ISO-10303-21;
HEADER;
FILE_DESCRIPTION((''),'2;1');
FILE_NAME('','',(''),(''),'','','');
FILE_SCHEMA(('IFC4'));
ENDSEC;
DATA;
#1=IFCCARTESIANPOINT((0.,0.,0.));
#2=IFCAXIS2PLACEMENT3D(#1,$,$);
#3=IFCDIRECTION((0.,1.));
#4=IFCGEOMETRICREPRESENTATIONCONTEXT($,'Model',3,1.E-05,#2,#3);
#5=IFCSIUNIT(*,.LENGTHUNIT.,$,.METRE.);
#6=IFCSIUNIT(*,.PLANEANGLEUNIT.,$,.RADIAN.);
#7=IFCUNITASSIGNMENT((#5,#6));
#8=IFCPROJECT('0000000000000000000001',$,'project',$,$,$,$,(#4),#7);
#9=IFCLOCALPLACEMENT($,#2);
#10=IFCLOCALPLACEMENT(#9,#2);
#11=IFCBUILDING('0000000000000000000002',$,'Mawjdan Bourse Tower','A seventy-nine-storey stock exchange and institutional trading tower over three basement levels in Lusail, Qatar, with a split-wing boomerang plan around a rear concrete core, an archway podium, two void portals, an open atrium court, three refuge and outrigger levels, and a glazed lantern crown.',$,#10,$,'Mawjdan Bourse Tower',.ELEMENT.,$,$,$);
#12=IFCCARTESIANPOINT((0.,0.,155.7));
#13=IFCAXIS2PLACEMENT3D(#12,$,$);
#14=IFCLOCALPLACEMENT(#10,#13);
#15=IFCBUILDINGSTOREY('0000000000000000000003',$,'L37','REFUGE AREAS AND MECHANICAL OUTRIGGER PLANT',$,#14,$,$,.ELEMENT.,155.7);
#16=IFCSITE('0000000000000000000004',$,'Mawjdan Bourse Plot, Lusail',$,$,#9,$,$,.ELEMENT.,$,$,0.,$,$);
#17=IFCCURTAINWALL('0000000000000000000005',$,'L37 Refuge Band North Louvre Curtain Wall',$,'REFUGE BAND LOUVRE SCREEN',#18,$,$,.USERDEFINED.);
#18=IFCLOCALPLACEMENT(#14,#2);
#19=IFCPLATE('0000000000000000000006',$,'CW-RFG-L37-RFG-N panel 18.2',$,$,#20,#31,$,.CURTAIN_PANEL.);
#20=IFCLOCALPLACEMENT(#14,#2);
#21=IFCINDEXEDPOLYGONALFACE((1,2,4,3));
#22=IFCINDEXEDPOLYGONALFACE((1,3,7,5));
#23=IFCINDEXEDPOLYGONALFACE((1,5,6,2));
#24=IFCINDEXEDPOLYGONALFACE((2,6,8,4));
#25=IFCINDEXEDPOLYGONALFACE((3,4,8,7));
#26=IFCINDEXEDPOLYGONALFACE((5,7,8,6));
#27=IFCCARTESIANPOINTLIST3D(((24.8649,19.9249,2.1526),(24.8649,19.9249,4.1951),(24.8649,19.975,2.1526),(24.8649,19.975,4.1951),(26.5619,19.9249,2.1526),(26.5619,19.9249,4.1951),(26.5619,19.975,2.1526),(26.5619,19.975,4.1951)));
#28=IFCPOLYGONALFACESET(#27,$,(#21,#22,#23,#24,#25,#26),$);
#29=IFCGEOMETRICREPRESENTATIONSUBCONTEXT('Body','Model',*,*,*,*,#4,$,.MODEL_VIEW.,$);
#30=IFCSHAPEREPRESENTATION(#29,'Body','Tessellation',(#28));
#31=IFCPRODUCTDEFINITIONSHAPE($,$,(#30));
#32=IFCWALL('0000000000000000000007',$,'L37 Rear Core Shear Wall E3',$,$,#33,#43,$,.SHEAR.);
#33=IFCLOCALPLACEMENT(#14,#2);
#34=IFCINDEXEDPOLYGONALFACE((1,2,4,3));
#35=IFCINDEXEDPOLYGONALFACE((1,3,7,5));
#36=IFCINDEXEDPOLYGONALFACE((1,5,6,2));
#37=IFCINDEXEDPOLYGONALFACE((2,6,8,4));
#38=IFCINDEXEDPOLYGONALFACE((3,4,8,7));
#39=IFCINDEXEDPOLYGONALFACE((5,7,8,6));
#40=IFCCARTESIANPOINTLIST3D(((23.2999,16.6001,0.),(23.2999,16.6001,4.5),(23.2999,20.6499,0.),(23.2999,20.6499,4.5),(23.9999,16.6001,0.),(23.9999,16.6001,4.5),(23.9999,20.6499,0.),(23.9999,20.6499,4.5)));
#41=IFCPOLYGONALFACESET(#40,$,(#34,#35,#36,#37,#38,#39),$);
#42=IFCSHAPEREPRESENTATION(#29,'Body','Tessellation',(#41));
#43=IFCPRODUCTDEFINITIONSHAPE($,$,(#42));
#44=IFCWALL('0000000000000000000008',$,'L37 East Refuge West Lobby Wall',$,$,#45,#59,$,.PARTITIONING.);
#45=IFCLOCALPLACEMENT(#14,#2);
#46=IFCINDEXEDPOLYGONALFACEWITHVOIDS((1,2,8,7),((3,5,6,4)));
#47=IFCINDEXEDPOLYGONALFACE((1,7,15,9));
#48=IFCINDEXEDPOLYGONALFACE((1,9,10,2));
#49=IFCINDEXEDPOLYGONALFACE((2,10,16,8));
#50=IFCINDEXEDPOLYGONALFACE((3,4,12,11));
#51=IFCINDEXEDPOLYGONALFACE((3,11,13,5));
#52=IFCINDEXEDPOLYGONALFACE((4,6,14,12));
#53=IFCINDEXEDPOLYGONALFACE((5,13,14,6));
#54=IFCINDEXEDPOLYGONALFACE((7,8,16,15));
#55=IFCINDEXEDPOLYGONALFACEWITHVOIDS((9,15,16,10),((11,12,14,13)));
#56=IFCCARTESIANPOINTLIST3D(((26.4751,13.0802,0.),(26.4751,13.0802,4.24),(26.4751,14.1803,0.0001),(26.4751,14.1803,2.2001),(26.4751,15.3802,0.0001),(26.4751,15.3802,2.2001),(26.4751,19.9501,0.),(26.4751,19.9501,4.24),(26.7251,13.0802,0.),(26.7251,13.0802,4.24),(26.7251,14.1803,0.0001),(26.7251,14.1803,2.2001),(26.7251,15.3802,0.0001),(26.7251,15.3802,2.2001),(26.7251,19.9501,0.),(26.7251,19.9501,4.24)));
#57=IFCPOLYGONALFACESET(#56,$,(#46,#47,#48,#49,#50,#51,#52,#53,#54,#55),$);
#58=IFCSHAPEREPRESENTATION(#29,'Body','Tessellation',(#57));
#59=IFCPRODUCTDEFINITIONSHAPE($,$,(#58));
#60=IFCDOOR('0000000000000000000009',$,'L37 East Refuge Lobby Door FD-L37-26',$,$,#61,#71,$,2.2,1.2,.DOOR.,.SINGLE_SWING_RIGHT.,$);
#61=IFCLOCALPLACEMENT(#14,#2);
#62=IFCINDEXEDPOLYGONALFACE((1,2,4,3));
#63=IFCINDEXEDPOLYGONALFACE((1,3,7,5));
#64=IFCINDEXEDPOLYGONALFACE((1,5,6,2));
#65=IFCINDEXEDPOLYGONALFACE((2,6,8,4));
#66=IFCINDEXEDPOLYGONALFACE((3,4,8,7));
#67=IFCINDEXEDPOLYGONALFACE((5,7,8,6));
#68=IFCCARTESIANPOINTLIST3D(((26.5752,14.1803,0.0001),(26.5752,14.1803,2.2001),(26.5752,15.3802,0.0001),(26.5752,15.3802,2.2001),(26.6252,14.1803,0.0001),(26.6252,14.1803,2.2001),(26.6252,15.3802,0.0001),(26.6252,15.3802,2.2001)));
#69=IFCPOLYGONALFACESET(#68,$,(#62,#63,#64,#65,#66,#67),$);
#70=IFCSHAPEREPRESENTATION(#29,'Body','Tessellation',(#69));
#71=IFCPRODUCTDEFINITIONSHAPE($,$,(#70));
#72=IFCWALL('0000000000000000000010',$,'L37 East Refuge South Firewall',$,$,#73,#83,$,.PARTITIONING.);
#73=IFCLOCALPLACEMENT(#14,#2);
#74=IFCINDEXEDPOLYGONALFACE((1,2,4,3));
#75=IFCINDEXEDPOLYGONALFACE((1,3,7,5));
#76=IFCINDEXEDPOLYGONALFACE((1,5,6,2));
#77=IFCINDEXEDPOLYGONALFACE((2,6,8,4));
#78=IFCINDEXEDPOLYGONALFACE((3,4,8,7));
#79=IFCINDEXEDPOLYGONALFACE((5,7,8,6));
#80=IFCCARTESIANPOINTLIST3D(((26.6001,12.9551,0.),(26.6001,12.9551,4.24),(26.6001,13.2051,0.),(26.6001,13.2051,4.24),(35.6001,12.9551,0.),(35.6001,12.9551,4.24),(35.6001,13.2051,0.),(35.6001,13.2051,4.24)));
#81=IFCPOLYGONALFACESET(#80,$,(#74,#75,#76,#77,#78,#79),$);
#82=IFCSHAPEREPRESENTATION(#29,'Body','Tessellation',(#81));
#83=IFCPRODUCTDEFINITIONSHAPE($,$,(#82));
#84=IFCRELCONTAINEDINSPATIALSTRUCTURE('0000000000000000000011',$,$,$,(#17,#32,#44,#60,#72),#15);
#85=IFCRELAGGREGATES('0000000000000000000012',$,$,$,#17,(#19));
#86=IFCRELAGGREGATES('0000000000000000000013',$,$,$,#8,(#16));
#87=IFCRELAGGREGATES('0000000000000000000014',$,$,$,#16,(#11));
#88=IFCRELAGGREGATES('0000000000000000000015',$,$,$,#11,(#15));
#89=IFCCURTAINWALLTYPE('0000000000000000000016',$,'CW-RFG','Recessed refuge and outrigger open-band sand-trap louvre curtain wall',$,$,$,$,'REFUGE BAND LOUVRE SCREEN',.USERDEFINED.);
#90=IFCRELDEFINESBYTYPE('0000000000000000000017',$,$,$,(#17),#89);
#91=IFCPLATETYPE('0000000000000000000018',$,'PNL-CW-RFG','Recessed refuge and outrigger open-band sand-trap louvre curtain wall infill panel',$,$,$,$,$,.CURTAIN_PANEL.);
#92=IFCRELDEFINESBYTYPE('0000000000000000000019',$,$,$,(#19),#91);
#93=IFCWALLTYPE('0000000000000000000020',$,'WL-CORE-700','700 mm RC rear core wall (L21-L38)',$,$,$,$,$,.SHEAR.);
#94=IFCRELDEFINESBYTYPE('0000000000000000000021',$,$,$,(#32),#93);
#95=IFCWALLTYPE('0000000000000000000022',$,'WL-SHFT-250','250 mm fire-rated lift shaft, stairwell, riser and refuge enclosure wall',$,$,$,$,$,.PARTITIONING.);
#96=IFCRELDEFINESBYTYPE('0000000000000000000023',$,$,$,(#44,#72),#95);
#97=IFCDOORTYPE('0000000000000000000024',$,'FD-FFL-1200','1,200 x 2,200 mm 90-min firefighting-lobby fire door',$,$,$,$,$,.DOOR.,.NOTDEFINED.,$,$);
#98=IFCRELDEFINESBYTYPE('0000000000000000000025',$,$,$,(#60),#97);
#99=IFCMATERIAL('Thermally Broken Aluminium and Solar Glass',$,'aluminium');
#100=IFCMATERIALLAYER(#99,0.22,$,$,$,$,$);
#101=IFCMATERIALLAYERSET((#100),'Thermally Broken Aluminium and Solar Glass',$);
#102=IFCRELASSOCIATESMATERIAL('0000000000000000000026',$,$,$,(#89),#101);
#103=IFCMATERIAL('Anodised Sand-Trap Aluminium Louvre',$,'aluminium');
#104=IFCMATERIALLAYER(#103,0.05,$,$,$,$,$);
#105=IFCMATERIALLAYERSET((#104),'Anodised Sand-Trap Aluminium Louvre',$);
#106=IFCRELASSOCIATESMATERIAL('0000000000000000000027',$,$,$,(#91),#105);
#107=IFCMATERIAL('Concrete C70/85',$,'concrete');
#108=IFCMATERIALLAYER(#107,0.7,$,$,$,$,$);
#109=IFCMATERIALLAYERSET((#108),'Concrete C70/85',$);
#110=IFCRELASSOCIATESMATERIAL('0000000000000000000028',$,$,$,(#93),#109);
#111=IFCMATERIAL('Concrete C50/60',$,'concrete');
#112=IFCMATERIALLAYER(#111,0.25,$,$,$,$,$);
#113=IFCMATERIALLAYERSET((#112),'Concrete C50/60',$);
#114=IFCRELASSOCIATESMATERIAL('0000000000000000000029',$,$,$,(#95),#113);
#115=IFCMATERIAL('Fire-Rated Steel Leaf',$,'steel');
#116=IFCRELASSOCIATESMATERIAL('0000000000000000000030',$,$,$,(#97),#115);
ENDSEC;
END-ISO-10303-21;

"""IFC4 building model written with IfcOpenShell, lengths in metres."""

from ifc_helpers import new_model, si_unit, direction, frame, frame_2d, origin, origin_2d, place, context, subcontext, project, spatial, rectangle, extrude, material, layer, layer_set, type_object, element, fill, aggregate, save


model = new_model("IFC4")

# Units and contexts
model_context = context("Model", 3, precision=1e-05, world=origin(), true_north=direction((0.0, 1.0)))
body_context = subcontext(model_context, "Body", "Model", "MODEL_VIEW")
ifc_project = project(units=[si_unit("LENGTHUNIT", "METRE"), si_unit("PLANEANGLEUNIT", "RADIAN")], contexts=[model_context])

# Site, building, storey
site_placement = place(None, origin())
site = spatial("IfcSite", under=ifc_project, at=site_placement, Name="Mawjdan Bourse Plot, Lusail", CompositionType="ELEMENT", RefElevation=0.0)
building_placement = place(site_placement, origin())
building = spatial("IfcBuilding", under=site, at=building_placement, Name="Mawjdan Bourse Tower", Description="A seventy-nine-storey stock exchange and institutional trading tower over three basement levels in Lusail, Qatar, with a split-wing boomerang plan around a rear concrete core, an archway podium, two void portals, an open atrium court, three refuge and outrigger levels, and a glazed lantern crown.", LongName="Mawjdan Bourse Tower", CompositionType="ELEMENT")
storey_placement = place(building_placement, frame((0.0, 0.0, 155.7)))
storey = spatial("IfcBuildingStorey", under=building, at=storey_placement, Name="L37", Description="REFUGE AREAS AND MECHANICAL OUTRIGGER PLANT", CompositionType="ELEMENT", Elevation=155.7)

# Shared definitions
ifc_material_1 = material(Name="Concrete C70/85", Category="concrete")

# Curtain wall
ifc_material_2 = material(Name="Thermally Broken Aluminium and Solar Glass", Category="aluminium")
ifc_layer_1 = layer(ifc_material_2, 0.22)
ifc_layer_set_1 = layer_set([ifc_layer_1], Name="Thermally Broken Aluminium and Solar Glass")
curtain_wall_type = type_object("IfcCurtainWallType", Name="CW-RFG", Description="Recessed refuge and outrigger open-band sand-trap louvre curtain wall", ElementType="REFUGE BAND LOUVRE SCREEN", PredefinedType="USERDEFINED", material=ifc_layer_set_1)
curtain_wall_placement = place(storey_placement, origin())
curtain_wall = element("IfcCurtainWall", 1, at=curtain_wall_placement, inside=storey, type_object=curtain_wall_type, Name="L37 Refuge Band North Louvre Curtain Wall", ObjectType="REFUGE BAND LOUVRE SCREEN", PredefinedType="USERDEFINED")

# Plate
ifc_material_3 = material(Name="Anodised Sand-Trap Aluminium Louvre", Category="aluminium")
ifc_layer_2 = layer(ifc_material_3, 0.05)
ifc_layer_set_2 = layer_set([ifc_layer_2], Name="Anodised Sand-Trap Aluminium Louvre")
plate_type = type_object("IfcPlateType", Name="PNL-CW-RFG", Description="Recessed refuge and outrigger open-band sand-trap louvre curtain wall infill panel", PredefinedType="CURTAIN_PANEL", material=ifc_layer_set_2)
plate_1_placement = place(storey_placement, frame((25.7134, 19.95, 2.1526), z_axis=(0.0, 0.0, 1.0), x_axis=(-1.0, 0.0, 0.0)))
plate_1 = element("IfcPlate", 2, at=plate_1_placement, type_object=plate_type, Name="CW-RFG-L37-RFG-N panel 18.2", PredefinedType="CURTAIN_PANEL", context=body_context, shape_type="SweptSolid", body=[
    extrude(rectangle(XDim=1.697, YDim=0.05, at=origin_2d()), origin(), (0.0, 0.0, 1.0), 2.0425),
])
aggregate(curtain_wall, [plate_1])

# Wall
ifc_layer_3 = layer(ifc_material_1, 0.7)
ifc_layer_set_3 = layer_set([ifc_layer_3], Name="Concrete C70/85")
wall_type_1 = type_object("IfcWallType", Name="WL-CORE-700", Description="700 mm RC rear core wall (L21-L38)", PredefinedType="SHEAR", material=ifc_layer_set_3)
wall_1_placement = place(storey_placement, frame((23.6499, 16.6001, 0.0), z_axis=(0.0, 0.0, 1.0), x_axis=(0.0, 1.0, 0.0)))
element("IfcWall", 3, at=wall_1_placement, inside=storey, type_object=wall_type_1, Name="L37 Rear Core Shear Wall E3", PredefinedType="SHEAR", context=body_context, shape_type="SweptSolid", body=[
    extrude(rectangle(XDim=4.0498, YDim=0.7, at=frame_2d((2.0249, 0.0))), origin(), (0.0, 0.0, 1.0), 4.5),
])

# Wall, opening, door
ifc_material_4 = material(Name="Concrete C50/60", Category="concrete")
ifc_layer_4 = layer(ifc_material_4, 0.25)
ifc_layer_set_4 = layer_set([ifc_layer_4], Name="Concrete C50/60")
wall_type_2 = type_object("IfcWallType", Name="WL-SHFT-250", Description="250 mm fire-rated lift shaft, stairwell, riser and refuge enclosure wall", PredefinedType="PARTITIONING", material=ifc_layer_set_4)
wall_2_placement = place(storey_placement, frame((26.6001, 13.0801, 0.0), z_axis=(0.0, 0.0, 1.0), x_axis=(0.0, 1.0, 0.0)))
wall_2 = element("IfcWall", 4, at=wall_2_placement, inside=storey, type_object=wall_type_2, Name="L37 East Refuge West Lobby Wall", PredefinedType="PARTITIONING", context=body_context, shape_type="SweptSolid", body=[
    extrude(rectangle(XDim=6.8699, YDim=0.25, at=frame_2d((3.4351, 0.0))), origin(), (0.0, 0.0, 1.0), 4.24),
])
opening_placement = place(wall_2_placement, frame((1.1001, 0.0, 0.0)))
opening = element("IfcOpeningElement", 5, at=opening_placement, cuts=wall_2, PredefinedType="OPENING", context=body_context, shape_type="SweptSolid", body=[
    extrude(rectangle(XDim=1.2, YDim=2.2, at=frame_2d((0.6001, 1.1001))), frame((0.0, 0.135, 0.0), z_axis=(0.0, -1.0, 0.0), x_axis=(1.0, 0.0, 0.0)), (0.0, 0.0, 1.0), 0.27),
])
ifc_material_5 = material(Name="Fire-Rated Steel Leaf", Category="steel")
door_type = type_object("IfcDoorType", Name="FD-FFL-1200", Description="1,200 x 2,200 mm 90-min firefighting-lobby fire door", OperationType="NOTDEFINED", PredefinedType="DOOR", material=ifc_material_5)
door_placement = place(opening_placement, origin())
door = element("IfcDoor", 6, at=door_placement, inside=storey, type_object=door_type, Name="L37 East Refuge Lobby Door FD-L37-26", OperationType="SINGLE_SWING_RIGHT", OverallHeight=2.2, OverallWidth=1.2, PredefinedType="DOOR", context=body_context, shape_type="SweptSolid", body=[
    extrude(rectangle(XDim=1.2, YDim=2.2, at=frame_2d((0.6001, 1.1001))), frame((0.0, 0.0249, 0.0), z_axis=(0.0, -1.0, 0.0), x_axis=(1.0, 0.0, 0.0)), (0.0, 0.0, 1.0), 0.05),
])
fill(opening, door)

# Wall
wall_3_placement = place(storey_placement, frame((26.6001, 13.0801, 0.0), z_axis=(0.0, 0.0, 1.0), x_axis=(1.0, 0.0, 0.0)))
element("IfcWall", 7, at=wall_3_placement, inside=storey, type_object=wall_type_2, Name="L37 East Refuge South Firewall", PredefinedType="PARTITIONING", context=body_context, shape_type="SweptSolid", body=[
    extrude(rectangle(XDim=9.0, YDim=0.25, at=frame_2d((4.5, 0.0))), origin(), (0.0, 0.0, 1.0), 4.24),
])

save(model, "model.ifc")
